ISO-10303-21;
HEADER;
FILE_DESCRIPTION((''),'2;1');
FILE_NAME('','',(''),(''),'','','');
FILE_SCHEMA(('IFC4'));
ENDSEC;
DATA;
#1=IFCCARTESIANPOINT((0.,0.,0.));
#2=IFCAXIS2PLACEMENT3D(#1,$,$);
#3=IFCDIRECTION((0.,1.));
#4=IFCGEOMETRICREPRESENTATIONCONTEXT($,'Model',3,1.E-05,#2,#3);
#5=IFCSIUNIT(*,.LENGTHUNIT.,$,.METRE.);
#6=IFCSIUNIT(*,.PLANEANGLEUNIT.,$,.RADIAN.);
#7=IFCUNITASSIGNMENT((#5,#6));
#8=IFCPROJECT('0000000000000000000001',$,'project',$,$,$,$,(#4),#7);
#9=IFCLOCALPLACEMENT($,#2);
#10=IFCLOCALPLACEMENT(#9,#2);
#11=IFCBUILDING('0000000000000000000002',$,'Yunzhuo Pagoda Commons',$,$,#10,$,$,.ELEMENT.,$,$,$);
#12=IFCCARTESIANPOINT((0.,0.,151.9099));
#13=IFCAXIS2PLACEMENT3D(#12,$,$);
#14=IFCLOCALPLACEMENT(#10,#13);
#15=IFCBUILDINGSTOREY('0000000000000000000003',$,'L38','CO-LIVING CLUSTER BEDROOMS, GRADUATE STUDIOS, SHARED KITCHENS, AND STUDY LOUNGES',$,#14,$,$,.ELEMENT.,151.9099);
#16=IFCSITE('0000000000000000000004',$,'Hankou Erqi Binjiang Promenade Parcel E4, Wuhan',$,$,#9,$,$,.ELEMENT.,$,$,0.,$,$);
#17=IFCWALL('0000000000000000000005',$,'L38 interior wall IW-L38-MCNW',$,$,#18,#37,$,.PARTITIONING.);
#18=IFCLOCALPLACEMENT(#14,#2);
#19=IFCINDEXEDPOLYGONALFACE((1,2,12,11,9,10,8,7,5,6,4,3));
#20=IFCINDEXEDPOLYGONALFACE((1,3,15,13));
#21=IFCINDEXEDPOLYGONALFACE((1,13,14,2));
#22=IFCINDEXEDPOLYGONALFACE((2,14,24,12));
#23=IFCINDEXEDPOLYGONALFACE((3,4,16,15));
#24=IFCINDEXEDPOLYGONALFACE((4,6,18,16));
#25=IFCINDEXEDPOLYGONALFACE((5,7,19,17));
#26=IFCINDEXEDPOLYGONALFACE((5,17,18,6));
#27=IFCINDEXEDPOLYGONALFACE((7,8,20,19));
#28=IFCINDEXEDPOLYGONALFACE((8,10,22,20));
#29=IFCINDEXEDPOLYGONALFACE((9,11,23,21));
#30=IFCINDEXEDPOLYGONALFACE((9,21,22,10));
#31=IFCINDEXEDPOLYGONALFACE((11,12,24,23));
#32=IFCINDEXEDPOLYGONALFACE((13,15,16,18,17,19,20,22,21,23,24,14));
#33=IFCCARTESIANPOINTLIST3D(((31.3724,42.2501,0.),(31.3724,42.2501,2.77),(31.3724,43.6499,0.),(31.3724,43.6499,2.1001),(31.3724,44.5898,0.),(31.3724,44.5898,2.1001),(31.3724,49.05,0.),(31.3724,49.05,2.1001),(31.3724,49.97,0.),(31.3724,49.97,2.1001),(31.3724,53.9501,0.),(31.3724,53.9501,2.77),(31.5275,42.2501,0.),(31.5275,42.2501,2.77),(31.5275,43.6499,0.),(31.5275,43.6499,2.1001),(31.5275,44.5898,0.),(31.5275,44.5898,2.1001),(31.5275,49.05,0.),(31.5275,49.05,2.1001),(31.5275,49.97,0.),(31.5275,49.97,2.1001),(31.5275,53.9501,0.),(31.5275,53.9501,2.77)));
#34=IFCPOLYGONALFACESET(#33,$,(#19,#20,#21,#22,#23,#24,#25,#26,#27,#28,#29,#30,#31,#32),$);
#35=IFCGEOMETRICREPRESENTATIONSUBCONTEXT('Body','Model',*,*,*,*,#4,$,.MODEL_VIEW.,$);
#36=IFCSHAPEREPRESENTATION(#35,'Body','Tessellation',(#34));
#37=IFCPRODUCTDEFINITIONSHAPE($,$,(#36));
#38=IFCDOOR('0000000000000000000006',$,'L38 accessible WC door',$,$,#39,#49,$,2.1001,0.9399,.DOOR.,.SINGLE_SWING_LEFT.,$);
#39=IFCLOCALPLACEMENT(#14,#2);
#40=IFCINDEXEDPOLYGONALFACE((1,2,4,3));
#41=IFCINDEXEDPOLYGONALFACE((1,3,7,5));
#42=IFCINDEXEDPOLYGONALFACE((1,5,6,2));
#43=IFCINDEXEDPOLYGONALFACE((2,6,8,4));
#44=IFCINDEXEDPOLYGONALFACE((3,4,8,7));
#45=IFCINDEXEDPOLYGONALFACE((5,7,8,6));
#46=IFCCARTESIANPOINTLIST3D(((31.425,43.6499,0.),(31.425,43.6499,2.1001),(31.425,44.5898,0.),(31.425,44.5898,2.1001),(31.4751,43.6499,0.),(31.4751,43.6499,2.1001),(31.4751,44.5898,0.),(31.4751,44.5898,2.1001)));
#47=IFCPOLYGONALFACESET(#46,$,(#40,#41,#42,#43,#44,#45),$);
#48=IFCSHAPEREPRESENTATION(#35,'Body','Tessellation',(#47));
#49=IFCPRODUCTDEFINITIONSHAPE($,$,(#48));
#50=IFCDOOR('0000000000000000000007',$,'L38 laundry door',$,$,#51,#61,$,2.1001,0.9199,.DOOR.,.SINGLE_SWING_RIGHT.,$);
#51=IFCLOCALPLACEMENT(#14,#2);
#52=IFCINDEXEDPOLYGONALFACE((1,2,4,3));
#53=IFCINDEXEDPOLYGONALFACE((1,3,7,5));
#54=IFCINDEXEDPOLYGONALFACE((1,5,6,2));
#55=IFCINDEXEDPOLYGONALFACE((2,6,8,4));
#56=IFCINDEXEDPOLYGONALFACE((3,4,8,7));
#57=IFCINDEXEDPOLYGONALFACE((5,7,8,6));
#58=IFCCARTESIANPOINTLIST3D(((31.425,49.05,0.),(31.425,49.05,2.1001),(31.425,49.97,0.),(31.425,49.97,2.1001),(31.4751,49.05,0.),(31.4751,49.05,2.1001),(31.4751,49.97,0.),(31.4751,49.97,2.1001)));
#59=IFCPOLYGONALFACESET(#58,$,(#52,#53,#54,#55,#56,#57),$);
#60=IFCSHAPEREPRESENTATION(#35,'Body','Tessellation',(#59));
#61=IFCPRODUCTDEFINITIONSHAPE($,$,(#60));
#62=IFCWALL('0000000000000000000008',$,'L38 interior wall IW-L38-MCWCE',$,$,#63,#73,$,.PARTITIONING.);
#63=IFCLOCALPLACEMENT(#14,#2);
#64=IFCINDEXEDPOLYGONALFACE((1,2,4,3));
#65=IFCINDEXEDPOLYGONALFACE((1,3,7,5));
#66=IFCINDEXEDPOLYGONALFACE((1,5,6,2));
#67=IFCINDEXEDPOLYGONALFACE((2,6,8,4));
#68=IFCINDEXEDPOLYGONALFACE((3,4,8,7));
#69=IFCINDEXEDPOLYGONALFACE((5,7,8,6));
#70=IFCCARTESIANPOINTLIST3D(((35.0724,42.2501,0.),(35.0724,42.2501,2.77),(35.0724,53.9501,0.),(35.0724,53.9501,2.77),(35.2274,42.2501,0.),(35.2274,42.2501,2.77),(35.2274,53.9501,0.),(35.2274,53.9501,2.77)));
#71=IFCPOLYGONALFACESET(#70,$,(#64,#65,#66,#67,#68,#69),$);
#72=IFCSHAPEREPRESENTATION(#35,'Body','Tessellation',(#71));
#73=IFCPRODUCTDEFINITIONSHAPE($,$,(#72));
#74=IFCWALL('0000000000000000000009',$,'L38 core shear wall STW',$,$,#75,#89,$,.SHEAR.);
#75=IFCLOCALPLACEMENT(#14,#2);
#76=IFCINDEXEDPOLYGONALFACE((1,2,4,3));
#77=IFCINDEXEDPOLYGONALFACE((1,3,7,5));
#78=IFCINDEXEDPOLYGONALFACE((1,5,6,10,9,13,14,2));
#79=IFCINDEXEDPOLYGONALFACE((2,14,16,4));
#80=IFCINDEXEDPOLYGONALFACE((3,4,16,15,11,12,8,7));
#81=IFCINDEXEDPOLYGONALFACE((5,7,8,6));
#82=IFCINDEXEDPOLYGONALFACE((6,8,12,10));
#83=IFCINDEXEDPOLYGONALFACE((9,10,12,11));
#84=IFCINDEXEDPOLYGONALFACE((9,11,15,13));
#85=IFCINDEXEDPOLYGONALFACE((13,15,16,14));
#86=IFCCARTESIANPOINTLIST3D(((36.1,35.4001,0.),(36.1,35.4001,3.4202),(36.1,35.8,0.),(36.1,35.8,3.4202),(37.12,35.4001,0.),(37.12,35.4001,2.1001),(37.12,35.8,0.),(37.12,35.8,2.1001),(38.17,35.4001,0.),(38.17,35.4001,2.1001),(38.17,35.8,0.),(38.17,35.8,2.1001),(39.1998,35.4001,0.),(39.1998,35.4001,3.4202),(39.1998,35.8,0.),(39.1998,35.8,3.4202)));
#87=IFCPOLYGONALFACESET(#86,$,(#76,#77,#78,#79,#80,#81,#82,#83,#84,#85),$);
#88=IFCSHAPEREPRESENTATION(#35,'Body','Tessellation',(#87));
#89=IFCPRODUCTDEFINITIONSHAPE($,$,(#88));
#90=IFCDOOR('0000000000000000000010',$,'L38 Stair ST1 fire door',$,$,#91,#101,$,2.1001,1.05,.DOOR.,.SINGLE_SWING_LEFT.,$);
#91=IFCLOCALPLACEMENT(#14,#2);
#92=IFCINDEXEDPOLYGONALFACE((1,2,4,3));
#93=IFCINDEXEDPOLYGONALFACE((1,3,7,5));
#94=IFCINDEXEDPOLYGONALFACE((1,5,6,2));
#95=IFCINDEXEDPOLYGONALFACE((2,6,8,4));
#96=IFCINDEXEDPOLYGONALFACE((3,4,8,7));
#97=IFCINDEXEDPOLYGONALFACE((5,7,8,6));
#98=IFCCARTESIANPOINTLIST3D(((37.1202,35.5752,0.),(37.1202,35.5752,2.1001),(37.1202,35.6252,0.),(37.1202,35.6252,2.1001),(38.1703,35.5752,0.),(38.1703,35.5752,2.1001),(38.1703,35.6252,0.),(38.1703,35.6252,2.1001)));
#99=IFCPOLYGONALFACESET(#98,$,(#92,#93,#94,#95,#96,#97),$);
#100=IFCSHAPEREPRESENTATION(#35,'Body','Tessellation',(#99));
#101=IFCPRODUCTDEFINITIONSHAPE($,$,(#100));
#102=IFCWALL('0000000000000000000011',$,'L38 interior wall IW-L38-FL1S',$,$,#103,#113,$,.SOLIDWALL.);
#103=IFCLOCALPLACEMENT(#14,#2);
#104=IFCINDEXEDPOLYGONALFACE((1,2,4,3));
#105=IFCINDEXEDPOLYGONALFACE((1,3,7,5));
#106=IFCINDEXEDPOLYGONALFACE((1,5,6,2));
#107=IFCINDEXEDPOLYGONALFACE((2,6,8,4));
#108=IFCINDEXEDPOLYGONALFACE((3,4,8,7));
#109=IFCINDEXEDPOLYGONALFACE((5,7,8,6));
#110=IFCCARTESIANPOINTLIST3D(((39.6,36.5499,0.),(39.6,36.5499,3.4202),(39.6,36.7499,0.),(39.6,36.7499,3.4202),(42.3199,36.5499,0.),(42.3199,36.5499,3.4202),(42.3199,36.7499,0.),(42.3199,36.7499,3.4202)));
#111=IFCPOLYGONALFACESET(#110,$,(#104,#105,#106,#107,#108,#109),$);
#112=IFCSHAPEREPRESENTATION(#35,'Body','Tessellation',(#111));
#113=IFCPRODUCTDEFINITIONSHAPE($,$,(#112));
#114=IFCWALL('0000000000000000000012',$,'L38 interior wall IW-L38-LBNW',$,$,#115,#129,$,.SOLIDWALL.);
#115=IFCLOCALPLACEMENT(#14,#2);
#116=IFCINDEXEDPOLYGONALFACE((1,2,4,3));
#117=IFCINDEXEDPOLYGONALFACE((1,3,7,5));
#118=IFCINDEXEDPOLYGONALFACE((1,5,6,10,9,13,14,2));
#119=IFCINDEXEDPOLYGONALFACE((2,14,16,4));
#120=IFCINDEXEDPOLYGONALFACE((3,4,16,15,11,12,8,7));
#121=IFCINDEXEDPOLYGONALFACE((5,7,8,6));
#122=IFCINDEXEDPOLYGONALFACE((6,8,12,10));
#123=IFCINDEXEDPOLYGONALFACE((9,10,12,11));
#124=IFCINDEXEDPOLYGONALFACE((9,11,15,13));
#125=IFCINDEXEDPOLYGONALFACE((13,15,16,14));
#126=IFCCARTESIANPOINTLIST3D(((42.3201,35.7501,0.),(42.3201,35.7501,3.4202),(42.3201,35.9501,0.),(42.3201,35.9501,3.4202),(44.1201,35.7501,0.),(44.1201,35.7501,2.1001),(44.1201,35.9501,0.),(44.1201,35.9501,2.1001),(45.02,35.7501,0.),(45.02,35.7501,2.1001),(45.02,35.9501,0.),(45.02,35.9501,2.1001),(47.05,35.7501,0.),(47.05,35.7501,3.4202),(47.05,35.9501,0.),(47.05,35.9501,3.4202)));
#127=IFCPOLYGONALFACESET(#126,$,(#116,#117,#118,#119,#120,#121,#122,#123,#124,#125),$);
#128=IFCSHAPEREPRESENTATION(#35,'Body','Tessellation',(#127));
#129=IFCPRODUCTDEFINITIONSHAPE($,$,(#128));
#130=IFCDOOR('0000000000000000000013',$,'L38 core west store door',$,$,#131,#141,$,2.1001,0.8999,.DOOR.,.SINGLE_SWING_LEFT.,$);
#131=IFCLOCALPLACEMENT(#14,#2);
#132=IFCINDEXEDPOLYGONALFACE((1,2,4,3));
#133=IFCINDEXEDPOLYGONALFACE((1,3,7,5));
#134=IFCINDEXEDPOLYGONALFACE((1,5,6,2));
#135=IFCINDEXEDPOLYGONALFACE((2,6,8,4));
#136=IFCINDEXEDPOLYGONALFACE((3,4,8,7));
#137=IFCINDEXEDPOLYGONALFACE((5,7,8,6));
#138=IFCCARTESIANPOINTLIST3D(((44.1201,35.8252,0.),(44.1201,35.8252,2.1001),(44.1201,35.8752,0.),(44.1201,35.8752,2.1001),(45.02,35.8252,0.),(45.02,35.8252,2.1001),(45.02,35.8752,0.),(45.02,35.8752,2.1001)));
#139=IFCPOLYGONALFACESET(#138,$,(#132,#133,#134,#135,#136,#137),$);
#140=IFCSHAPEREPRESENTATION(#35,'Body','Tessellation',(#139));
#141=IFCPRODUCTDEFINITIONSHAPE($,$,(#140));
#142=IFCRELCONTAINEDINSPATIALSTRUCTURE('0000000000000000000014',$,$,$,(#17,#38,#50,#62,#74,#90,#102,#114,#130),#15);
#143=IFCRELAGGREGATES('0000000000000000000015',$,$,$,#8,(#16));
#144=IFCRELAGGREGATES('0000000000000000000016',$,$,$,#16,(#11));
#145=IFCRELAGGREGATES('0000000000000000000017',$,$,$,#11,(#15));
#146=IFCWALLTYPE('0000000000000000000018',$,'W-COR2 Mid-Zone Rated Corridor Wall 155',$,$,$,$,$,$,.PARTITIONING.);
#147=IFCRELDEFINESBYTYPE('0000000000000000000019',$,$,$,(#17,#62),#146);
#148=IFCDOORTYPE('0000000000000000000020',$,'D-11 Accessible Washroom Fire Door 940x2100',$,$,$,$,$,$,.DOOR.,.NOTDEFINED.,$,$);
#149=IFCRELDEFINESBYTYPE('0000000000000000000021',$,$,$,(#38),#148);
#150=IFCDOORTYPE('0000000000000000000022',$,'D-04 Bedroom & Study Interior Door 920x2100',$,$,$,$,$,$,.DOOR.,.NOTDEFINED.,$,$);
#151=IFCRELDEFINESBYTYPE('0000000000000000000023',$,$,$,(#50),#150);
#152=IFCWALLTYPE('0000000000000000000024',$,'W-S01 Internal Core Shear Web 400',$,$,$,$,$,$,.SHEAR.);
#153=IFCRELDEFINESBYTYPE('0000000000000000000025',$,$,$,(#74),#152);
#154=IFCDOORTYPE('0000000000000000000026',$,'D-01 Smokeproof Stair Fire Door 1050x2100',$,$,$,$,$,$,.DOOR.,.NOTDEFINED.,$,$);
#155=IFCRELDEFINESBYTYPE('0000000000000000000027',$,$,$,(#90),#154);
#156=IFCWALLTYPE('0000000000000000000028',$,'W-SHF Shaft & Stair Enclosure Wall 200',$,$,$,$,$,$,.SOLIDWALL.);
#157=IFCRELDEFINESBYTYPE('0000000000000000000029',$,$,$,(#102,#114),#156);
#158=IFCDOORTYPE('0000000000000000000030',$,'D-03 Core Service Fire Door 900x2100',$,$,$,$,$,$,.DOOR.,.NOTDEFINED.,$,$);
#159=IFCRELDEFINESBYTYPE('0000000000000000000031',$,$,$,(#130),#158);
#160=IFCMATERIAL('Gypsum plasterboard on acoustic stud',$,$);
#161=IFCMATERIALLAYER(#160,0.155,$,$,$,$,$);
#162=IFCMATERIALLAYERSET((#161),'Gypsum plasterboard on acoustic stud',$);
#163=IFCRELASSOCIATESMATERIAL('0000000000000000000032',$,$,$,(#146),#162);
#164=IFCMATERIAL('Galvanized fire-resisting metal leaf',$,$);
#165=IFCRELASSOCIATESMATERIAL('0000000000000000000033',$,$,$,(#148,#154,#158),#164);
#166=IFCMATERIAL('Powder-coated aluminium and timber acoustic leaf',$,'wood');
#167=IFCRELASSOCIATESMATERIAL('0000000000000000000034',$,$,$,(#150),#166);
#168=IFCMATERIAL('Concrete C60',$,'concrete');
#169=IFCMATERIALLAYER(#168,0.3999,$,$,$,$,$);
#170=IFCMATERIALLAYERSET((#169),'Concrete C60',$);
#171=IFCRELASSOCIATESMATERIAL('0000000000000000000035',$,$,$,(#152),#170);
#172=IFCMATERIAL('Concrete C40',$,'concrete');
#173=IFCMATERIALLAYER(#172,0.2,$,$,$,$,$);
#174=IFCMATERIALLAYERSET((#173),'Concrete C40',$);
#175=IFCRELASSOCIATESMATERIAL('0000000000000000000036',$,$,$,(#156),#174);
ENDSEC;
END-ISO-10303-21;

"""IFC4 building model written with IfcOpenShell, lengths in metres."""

from ifc_helpers import new_model, si_unit, direction, frame, frame_2d, origin, origin_with_axes, place, context, subcontext, project, spatial, rectangle, extrude, source, transform, mapped, material, layer, layer_set, type_object, element, fill, save


model = new_model("IFC4")

# Units and contexts
model_context = context("Model", 3, precision=1e-05, world=origin(), true_north=direction((0.0, 1.0)))
body_context = subcontext(model_context, "Body", "Model", "MODEL_VIEW")
ifc_project = project(units=[si_unit("LENGTHUNIT", "METRE"), si_unit("PLANEANGLEUNIT", "RADIAN")], contexts=[model_context])

# Site, building, storey
site_placement = place(None, origin())
site = spatial("IfcSite", under=ifc_project, at=site_placement, Name="Hankou Erqi Binjiang Promenade Parcel E4, Wuhan", CompositionType="ELEMENT", RefElevation=0.0)
building_placement = place(site_placement, origin())
building = spatial("IfcBuilding", under=site, at=building_placement, Name="Yunzhuo Pagoda Commons", CompositionType="ELEMENT")
storey_placement = place(building_placement, frame((0.0, 0.0, 151.9099)))
storey = spatial("IfcBuildingStorey", under=building, at=storey_placement, Name="L38", Description="CO-LIVING CLUSTER BEDROOMS, GRADUATE STUDIOS, SHARED KITCHENS, AND STUDY LOUNGES", CompositionType="ELEMENT", Elevation=151.9099)

# Shared definitions
ifc_material_1 = material(Name="Concrete C60", Category="concrete")
ifc_material_2 = material(Name="Galvanized fire-resisting metal leaf")
shared_shape_1 = source(origin(), body_context, "Body", "SweptSolid", [
    extrude(rectangle(XDim=1.05, YDim=2.1001, at=frame_2d((0.5249, 1.05))), frame((0.0, 0.0249, 0.0), z_axis=(0.0, -1.0, 0.0), x_axis=(1.0, 0.0, 0.0)), (0.0, 0.0, 1.0), 0.05),
])

# Wall, openings, doors
ifc_material_3 = material(Name="Gypsum plasterboard on acoustic stud")
ifc_layer_1 = layer(ifc_material_3, 0.155)
ifc_layer_set_1 = layer_set([ifc_layer_1], Name="Gypsum plasterboard on acoustic stud")
wall_type_1 = type_object("IfcWallType", Name="W-COR2 Mid-Zone Rated Corridor Wall 155", PredefinedType="PARTITIONING", material=ifc_layer_set_1)
wall_1_placement = place(storey_placement, frame((31.45, 42.25, 0.0), z_axis=(0.0, 0.0, 1.0), x_axis=(0.0, 1.0, 0.0)))
wall_1 = element("IfcWall", 1, at=wall_1_placement, inside=storey, type_object=wall_type_1, Name="L38 interior wall IW-L38-MCNW", PredefinedType="PARTITIONING", context=body_context, shape_type="SweptSolid", body=[
    extrude(rectangle(XDim=11.7, YDim=0.155, at=frame_2d((5.8501, 0.0))), origin(), (0.0, 0.0, 1.0), 2.77),
])
opening_1_placement = place(wall_1_placement, frame((1.3999, 0.0, 0.0)))
opening_1 = element("IfcOpeningElement", 2, at=opening_1_placement, cuts=wall_1, PredefinedType="OPENING", context=body_context, shape_type="SweptSolid", body=[
    extrude(rectangle(XDim=0.9399, YDim=2.1001, at=frame_2d((0.47, 1.05))), frame((0.0, 0.0874, 0.0), z_axis=(0.0, -1.0, 0.0), x_axis=(1.0, 0.0, 0.0)), (0.0, 0.0, 1.0), 0.175),
])
opening_2_placement = place(wall_1_placement, frame((6.8, 0.0, 0.0)))
opening_2 = element("IfcOpeningElement", 3, at=opening_2_placement, cuts=wall_1, PredefinedType="OPENING", context=body_context, shape_type="SweptSolid", body=[
    extrude(rectangle(XDim=0.9199, YDim=2.1001, at=frame_2d((0.46, 1.05))), frame((0.0, 0.0874, 0.0), z_axis=(0.0, -1.0, 0.0), x_axis=(1.0, 0.0, 0.0)), (0.0, 0.0, 1.0), 0.175),
])
door_type_1 = type_object("IfcDoorType", Name="D-11 Accessible Washroom Fire Door 940x2100", OperationType="NOTDEFINED", PredefinedType="DOOR", material=ifc_material_2)
shared_shape_2 = source(origin(), body_context, "Body", "SweptSolid", [
    extrude(rectangle(XDim=0.9399, YDim=2.1001, at=frame_2d((0.47, 1.05))), frame((0.0, 0.0249, 0.0), z_axis=(0.0, -1.0, 0.0), x_axis=(1.0, 0.0, 0.0)), (0.0, 0.0, 1.0), 0.05),
])
door_1_placement = place(opening_1_placement, origin_with_axes())
door_1 = element("IfcDoor", 4, at=door_1_placement, inside=storey, type_object=door_type_1, Name="L38 accessible WC door", OperationType="SINGLE_SWING_LEFT", OverallHeight=2.1001, OverallWidth=0.9399, PredefinedType="DOOR", context=body_context, shape_type="MappedRepresentation", body=[
    mapped(shared_shape_2, transform((0.0, 0.0, 0.0), scale=1.0)),
])
fill(opening_1, door_1)
ifc_material_4 = material(Name="Powder-coated aluminium and timber acoustic leaf", Category="wood")
door_type_2 = type_object("IfcDoorType", Name="D-04 Bedroom & Study Interior Door 920x2100", OperationType="NOTDEFINED", PredefinedType="DOOR", material=ifc_material_4)
shared_shape_3 = source(origin(), body_context, "Body", "SweptSolid", [
    extrude(rectangle(XDim=0.9199, YDim=2.1001, at=frame_2d((0.46, 1.05))), frame((0.0, 0.0249, 0.0), z_axis=(0.0, -1.0, 0.0), x_axis=(1.0, 0.0, 0.0)), (0.0, 0.0, 1.0), 0.05),
])
door_2_placement = place(opening_2_placement, origin_with_axes())
door_2 = element("IfcDoor", 5, at=door_2_placement, inside=storey, type_object=door_type_2, Name="L38 laundry door", OperationType="SINGLE_SWING_RIGHT", OverallHeight=2.1001, OverallWidth=0.9199, PredefinedType="DOOR", context=body_context, shape_type="MappedRepresentation", body=[
    mapped(shared_shape_3, transform((0.0, 0.0, 0.0), scale=1.0)),
])
fill(opening_2, door_2)

# Wall
wall_2_placement = place(storey_placement, frame((35.1499, 42.25, 0.0), z_axis=(0.0, 0.0, 1.0), x_axis=(0.0, 1.0, 0.0)))
element("IfcWall", 6, at=wall_2_placement, inside=storey, type_object=wall_type_1, Name="L38 interior wall IW-L38-MCWCE", PredefinedType="PARTITIONING", context=body_context, shape_type="SweptSolid", body=[
    extrude(rectangle(XDim=11.7, YDim=0.155, at=frame_2d((5.8501, 0.0))), origin(), (0.0, 0.0, 1.0), 2.77),
])

# Wall, opening, door
ifc_layer_2 = layer(ifc_material_1, 0.3999)
ifc_layer_set_2 = layer_set([ifc_layer_2], Name="Concrete C60")
wall_type_2 = type_object("IfcWallType", Name="W-S01 Internal Core Shear Web 400", PredefinedType="SHEAR", material=ifc_layer_set_2)
wall_3_placement = place(storey_placement, frame((36.1001, 35.6001, 0.0), z_axis=(0.0, 0.0, 1.0), x_axis=(1.0, 0.0, 0.0)))
wall_3 = element("IfcWall", 7, at=wall_3_placement, inside=storey, type_object=wall_type_2, Name="L38 core shear wall STW", PredefinedType="SHEAR", context=body_context, shape_type="SweptSolid", body=[
    extrude(rectangle(XDim=3.0999, YDim=0.3999, at=frame_2d((1.5498, 0.0))), origin(), (0.0, 0.0, 1.0), 3.4202),
])
opening_3_placement = place(wall_3_placement, frame((1.02, 0.0, 0.0)))
opening_3 = element("IfcOpeningElement", 8, at=opening_3_placement, cuts=wall_3, PredefinedType="OPENING", context=body_context, shape_type="SweptSolid", body=[
    extrude(rectangle(XDim=1.05, YDim=2.1001, at=frame_2d((0.5249, 1.05))), frame((0.0, 0.21, 0.0), z_axis=(0.0, -1.0, 0.0), x_axis=(1.0, 0.0, 0.0)), (0.0, 0.0, 1.0), 0.4199),
])
door_type_3 = type_object("IfcDoorType", Name="D-01 Smokeproof Stair Fire Door 1050x2100", OperationType="NOTDEFINED", PredefinedType="DOOR", material=ifc_material_2)
door_3_placement = place(opening_3_placement, frame((1.05, 0.0, 0.0), z_axis=(0.0, 0.0, 1.0), x_axis=(-1.0, 0.0, 0.0)))
door_3 = element("IfcDoor", 9, at=door_3_placement, inside=storey, type_object=door_type_3, Name="L38 Stair ST1 fire door", OperationType="SINGLE_SWING_LEFT", OverallHeight=2.1001, OverallWidth=1.05, PredefinedType="DOOR", context=body_context, shape_type="MappedRepresentation", body=[
    mapped(shared_shape_1, transform((0.0, 0.0, 0.0), scale=1.0)),
])
fill(opening_3, door_3)

# Wall
ifc_material_5 = material(Name="Concrete C40", Category="concrete")
ifc_layer_3 = layer(ifc_material_5, 0.2)
ifc_layer_set_3 = layer_set([ifc_layer_3], Name="Concrete C40")
wall_type_3 = type_object("IfcWallType", Name="W-SHF Shaft & Stair Enclosure Wall 200", PredefinedType="SOLIDWALL", material=ifc_layer_set_3)
wall_4_placement = place(storey_placement, frame((39.6001, 36.6499, 0.0), z_axis=(0.0, 0.0, 1.0), x_axis=(1.0, 0.0, 0.0)))
element("IfcWall", 10, at=wall_4_placement, inside=storey, type_object=wall_type_3, Name="L38 interior wall IW-L38-FL1S", PredefinedType="SOLIDWALL", context=body_context, shape_type="SweptSolid", body=[
    extrude(rectangle(XDim=2.72, YDim=0.2, at=frame_2d((1.3599, 0.0))), origin(), (0.0, 0.0, 1.0), 3.4202),
])

# Wall, opening, door
wall_5_placement = place(storey_placement, frame((42.3201, 35.8501, 0.0), z_axis=(0.0, 0.0, 1.0), x_axis=(1.0, 0.0, 0.0)))
wall_5 = element("IfcWall", 11, at=wall_5_placement, inside=storey, type_object=wall_type_3, Name="L38 interior wall IW-L38-LBNW", PredefinedType="SOLIDWALL", context=body_context, shape_type="SweptSolid", body=[
    extrude(rectangle(XDim=4.73, YDim=0.2, at=frame_2d((2.365, 0.0))), origin(), (0.0, 0.0, 1.0), 3.4202),
])
opening_4_placement = place(wall_5_placement, frame((1.8, 0.0, 0.0)))
opening_4 = element("IfcOpeningElement", 12, at=opening_4_placement, cuts=wall_5, PredefinedType="OPENING", context=body_context, shape_type="SweptSolid", body=[
    extrude(rectangle(XDim=0.8999, YDim=2.1001, at=frame_2d((0.45, 1.05))), frame((0.0, 0.1099, 0.0), z_axis=(0.0, -1.0, 0.0), x_axis=(1.0, 0.0, 0.0)), (0.0, 0.0, 1.0), 0.22),
])
door_type_4 = type_object("IfcDoorType", Name="D-03 Core Service Fire Door 900x2100", OperationType="NOTDEFINED", PredefinedType="DOOR", material=ifc_material_2)
shared_shape_4 = source(origin(), body_context, "Body", "SweptSolid", [
    extrude(rectangle(XDim=0.8999, YDim=2.1001, at=frame_2d((0.45, 1.05))), frame((0.0, 0.0249, 0.0), z_axis=(0.0, -1.0, 0.0), x_axis=(1.0, 0.0, 0.0)), (0.0, 0.0, 1.0), 0.05),
])
door_4_placement = place(opening_4_placement, frame((0.8999, 0.0, 0.0), z_axis=(0.0, 0.0, 1.0), x_axis=(-1.0, 0.0, 0.0)))
door_4 = element("IfcDoor", 13, at=door_4_placement, inside=storey, type_object=door_type_4, Name="L38 core west store door", OperationType="SINGLE_SWING_LEFT", OverallHeight=2.1001, OverallWidth=0.8999, PredefinedType="DOOR", context=body_context, shape_type="MappedRepresentation", body=[
    mapped(shared_shape_4, transform((0.0, 0.0, 0.0), scale=1.0)),
])
fill(opening_4, door_4)

save(model, "model.ifc")
